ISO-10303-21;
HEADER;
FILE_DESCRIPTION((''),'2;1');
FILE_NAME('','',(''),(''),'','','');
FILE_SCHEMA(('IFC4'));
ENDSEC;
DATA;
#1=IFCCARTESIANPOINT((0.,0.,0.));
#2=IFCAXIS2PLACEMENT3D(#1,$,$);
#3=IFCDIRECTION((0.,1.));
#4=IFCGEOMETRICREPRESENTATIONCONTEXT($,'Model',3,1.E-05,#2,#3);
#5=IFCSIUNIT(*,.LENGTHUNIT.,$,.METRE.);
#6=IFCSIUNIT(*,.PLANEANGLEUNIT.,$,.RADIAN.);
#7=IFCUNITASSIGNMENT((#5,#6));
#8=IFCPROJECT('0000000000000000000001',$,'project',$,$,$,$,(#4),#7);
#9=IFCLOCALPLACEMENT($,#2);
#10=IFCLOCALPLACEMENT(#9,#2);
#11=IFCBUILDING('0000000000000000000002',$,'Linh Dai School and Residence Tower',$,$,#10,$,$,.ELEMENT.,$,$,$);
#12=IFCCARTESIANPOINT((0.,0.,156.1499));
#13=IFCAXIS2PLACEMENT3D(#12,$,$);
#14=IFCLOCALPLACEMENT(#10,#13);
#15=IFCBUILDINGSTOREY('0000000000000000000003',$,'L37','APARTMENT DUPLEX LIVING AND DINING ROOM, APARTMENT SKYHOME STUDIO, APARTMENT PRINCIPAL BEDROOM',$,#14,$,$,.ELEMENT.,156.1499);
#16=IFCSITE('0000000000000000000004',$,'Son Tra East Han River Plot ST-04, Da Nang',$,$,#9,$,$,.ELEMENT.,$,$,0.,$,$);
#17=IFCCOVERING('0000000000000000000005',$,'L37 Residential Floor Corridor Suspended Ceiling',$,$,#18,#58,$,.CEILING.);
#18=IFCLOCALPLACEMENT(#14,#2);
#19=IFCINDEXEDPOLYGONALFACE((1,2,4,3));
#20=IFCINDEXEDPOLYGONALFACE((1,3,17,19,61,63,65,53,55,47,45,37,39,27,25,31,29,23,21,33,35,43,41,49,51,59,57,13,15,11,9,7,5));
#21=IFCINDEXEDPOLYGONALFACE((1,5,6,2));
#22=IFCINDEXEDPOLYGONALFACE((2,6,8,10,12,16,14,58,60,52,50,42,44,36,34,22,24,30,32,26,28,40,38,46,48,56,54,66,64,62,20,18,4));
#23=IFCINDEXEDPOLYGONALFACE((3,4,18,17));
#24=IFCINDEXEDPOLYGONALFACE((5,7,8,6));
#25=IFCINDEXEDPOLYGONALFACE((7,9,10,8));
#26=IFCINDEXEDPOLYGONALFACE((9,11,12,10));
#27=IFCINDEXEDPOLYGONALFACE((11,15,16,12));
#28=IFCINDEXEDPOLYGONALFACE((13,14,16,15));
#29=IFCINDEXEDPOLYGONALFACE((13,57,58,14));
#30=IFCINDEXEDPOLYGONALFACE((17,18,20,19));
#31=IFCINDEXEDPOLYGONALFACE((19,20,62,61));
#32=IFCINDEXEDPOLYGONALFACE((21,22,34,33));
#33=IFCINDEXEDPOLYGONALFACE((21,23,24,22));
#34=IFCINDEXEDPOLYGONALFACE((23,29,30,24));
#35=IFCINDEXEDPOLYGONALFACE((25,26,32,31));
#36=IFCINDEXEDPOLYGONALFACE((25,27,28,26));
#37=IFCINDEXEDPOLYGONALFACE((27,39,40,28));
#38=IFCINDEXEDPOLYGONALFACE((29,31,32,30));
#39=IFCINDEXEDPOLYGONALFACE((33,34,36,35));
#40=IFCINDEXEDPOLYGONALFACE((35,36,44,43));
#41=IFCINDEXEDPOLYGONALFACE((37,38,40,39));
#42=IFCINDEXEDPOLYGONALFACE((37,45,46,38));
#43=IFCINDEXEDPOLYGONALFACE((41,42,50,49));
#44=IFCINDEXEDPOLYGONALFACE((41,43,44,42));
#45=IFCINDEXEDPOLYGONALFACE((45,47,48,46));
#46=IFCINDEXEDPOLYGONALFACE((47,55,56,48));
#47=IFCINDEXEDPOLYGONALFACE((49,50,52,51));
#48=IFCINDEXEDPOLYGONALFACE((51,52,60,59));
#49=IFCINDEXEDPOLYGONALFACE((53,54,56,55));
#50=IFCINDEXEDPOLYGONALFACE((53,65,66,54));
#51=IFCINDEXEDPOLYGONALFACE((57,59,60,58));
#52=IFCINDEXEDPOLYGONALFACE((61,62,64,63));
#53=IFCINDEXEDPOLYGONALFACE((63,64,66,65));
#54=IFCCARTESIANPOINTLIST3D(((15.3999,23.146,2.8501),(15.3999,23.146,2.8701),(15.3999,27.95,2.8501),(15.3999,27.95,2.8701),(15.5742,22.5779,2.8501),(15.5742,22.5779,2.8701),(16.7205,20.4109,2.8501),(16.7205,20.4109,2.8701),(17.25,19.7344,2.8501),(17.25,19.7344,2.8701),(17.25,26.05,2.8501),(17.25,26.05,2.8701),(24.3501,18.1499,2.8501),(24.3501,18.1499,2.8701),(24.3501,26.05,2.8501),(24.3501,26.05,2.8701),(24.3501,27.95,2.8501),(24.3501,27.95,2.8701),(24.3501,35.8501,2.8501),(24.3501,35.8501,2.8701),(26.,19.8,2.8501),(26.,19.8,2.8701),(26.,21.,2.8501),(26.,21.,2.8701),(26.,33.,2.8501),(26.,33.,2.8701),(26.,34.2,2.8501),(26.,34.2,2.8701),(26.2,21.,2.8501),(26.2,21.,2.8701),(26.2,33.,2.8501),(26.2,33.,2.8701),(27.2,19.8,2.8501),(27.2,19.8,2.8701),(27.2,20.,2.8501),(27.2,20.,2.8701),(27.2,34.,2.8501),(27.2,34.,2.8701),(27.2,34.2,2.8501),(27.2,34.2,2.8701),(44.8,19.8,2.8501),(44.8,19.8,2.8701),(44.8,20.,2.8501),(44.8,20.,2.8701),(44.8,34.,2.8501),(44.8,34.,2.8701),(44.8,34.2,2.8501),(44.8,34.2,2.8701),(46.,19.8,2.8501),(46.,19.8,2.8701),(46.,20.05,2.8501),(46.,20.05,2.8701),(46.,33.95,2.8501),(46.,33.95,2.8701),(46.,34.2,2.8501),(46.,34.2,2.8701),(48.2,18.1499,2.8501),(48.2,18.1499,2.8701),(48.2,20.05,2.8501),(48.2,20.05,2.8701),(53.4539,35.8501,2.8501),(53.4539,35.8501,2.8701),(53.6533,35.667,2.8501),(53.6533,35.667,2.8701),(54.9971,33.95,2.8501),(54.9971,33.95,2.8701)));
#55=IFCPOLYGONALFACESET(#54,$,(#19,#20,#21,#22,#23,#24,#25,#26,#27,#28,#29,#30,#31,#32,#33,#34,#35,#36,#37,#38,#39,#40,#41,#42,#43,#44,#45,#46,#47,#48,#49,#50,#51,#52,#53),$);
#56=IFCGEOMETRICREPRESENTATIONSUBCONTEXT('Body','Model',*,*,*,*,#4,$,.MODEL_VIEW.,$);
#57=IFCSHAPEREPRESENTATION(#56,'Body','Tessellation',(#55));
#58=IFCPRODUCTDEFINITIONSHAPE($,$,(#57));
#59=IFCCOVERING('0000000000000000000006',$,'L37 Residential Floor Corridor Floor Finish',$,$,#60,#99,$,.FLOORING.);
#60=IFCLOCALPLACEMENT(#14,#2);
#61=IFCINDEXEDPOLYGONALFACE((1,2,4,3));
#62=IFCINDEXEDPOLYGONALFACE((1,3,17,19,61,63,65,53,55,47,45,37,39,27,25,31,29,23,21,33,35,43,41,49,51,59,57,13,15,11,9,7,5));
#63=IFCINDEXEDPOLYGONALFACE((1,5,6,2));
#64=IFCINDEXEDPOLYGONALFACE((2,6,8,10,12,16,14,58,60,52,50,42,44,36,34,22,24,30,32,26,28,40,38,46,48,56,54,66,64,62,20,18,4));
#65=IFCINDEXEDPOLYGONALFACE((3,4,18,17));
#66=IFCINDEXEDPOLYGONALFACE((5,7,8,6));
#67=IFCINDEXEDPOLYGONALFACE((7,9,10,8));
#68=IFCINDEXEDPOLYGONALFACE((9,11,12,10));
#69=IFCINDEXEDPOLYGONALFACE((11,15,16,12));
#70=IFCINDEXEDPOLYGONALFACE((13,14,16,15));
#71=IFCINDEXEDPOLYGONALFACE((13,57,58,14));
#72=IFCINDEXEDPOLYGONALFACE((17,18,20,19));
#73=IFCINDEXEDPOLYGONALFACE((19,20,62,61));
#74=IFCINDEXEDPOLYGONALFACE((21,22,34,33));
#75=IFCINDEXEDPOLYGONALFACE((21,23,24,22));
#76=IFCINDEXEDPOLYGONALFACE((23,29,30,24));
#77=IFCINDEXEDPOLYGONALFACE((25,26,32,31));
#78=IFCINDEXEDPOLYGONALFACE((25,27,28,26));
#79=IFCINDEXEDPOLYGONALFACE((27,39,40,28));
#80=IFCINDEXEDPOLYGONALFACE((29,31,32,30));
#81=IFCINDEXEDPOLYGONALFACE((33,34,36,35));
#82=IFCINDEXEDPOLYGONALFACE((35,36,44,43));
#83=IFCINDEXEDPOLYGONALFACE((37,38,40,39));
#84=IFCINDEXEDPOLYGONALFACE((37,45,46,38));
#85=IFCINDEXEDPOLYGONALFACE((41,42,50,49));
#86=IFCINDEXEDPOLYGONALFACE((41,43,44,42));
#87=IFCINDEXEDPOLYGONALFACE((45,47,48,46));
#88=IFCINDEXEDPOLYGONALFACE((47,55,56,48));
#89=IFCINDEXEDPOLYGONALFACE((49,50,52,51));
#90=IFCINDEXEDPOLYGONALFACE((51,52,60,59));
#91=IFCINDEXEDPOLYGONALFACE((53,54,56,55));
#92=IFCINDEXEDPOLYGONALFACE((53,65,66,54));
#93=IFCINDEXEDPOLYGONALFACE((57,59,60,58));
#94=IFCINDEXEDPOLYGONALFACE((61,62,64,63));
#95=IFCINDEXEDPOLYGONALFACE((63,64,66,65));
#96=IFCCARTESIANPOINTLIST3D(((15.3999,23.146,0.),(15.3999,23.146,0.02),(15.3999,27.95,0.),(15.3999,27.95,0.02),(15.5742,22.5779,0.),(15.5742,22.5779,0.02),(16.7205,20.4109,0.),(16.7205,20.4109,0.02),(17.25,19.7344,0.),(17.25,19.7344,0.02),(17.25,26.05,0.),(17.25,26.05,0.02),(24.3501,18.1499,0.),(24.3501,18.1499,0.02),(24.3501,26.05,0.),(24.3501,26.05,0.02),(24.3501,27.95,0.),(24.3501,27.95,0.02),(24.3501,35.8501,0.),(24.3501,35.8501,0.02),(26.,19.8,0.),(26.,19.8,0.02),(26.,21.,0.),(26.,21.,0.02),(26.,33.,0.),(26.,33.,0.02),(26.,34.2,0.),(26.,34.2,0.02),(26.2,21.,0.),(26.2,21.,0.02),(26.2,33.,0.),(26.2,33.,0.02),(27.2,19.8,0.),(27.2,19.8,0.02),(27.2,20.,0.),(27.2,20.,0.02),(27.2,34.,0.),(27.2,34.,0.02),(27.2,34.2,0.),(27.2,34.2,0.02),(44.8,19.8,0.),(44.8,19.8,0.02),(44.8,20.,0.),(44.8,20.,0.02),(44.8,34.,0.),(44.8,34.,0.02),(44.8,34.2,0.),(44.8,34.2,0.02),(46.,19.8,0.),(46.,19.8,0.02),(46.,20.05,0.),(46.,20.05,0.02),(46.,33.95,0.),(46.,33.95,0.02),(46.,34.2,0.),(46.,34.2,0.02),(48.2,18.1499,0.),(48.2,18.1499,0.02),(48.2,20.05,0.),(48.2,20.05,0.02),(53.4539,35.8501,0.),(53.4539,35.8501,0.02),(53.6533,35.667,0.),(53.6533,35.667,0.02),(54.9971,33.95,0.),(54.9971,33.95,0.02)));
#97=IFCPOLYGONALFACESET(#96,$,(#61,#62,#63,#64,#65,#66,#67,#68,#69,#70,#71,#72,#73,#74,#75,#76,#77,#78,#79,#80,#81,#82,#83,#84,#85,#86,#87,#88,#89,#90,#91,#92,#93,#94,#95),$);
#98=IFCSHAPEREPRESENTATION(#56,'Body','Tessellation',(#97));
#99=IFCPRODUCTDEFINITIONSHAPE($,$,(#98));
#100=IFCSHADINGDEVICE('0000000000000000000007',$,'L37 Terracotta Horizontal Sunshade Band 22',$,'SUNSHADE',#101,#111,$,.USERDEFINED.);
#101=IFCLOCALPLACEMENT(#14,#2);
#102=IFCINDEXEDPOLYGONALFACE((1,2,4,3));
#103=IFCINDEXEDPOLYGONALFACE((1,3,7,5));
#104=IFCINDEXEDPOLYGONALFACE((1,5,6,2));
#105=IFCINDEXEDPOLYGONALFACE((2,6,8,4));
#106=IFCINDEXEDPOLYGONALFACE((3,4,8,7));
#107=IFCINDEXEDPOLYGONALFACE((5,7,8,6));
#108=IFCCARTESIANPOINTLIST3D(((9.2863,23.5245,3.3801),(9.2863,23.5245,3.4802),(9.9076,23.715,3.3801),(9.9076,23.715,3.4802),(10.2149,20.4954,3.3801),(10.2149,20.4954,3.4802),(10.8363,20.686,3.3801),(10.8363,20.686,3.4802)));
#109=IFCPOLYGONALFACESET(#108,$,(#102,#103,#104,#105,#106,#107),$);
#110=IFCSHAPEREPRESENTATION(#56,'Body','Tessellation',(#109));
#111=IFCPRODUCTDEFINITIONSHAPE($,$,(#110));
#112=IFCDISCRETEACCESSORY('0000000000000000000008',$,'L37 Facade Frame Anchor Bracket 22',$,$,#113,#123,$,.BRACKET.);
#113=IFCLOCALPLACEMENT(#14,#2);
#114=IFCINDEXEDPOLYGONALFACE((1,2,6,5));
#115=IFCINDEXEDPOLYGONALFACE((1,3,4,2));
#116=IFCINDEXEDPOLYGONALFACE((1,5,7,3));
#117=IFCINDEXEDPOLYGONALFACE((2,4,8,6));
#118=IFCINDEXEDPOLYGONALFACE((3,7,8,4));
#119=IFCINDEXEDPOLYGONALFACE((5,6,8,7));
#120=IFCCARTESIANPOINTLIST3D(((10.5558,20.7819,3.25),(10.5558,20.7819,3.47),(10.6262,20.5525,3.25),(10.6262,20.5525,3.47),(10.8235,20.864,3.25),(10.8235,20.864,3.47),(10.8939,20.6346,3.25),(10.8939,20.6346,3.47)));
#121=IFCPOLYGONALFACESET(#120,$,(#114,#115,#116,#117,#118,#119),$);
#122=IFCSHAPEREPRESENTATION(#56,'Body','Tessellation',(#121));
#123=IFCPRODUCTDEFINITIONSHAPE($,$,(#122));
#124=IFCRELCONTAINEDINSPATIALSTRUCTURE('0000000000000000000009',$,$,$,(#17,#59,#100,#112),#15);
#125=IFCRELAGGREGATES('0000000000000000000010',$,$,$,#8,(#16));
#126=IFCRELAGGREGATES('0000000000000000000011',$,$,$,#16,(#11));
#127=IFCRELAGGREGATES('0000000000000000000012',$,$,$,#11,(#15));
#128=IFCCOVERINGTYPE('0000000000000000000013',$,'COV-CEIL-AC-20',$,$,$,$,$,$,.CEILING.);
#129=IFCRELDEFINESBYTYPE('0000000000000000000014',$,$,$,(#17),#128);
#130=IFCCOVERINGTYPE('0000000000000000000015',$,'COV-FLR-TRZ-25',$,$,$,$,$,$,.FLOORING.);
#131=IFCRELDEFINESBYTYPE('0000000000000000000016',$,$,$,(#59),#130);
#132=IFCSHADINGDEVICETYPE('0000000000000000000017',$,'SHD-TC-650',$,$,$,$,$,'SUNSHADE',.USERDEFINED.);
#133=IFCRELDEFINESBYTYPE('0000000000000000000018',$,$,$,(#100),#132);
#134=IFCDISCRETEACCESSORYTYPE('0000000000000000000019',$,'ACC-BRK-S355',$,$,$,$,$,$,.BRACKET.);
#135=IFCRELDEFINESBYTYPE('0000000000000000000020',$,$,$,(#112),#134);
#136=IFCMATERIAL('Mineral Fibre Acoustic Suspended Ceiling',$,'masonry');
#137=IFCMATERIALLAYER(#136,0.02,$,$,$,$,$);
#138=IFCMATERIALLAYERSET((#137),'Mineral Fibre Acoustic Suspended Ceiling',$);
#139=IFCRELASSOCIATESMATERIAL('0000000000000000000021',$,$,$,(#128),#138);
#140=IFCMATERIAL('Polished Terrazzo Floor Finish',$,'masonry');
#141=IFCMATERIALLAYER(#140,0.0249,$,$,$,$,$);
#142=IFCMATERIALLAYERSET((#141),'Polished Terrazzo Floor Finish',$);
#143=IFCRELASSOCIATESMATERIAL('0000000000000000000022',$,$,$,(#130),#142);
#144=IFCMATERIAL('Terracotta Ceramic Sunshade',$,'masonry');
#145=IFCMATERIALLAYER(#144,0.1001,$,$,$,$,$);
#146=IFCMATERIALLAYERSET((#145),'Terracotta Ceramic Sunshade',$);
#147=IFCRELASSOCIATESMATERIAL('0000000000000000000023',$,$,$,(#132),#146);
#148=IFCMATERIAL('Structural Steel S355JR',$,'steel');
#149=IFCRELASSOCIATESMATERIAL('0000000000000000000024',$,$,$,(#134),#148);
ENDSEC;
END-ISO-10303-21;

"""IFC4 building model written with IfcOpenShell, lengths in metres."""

from ifc_helpers import new_model, si_unit, direction, frame, origin, origin_2d, place, context, subcontext, project, spatial, polyline, rectangle, outline, extrude, source, transform, mapped, material, layer, layer_set, type_object, element, save


model = new_model("IFC4")

# Units and contexts
model_context = context("Model", 3, precision=1e-05, world=origin(), true_north=direction((0.0, 1.0)))
body_context = subcontext(model_context, "Body", "Model", "MODEL_VIEW")
ifc_project = project(units=[si_unit("LENGTHUNIT", "METRE"), si_unit("PLANEANGLEUNIT", "RADIAN")], contexts=[model_context])

# Site, building, storey
site_placement = place(None, origin())
site = spatial("IfcSite", under=ifc_project, at=site_placement, Name="Son Tra East Han River Plot ST-04, Da Nang", CompositionType="ELEMENT", RefElevation=0.0)
building_placement = place(site_placement, origin())
building = spatial("IfcBuilding", under=site, at=building_placement, Name="Linh Dai School and Residence Tower", CompositionType="ELEMENT")
storey_placement = place(building_placement, frame((0.0, 0.0, 156.1499)))
storey = spatial("IfcBuildingStorey", under=building, at=storey_placement, Name="L37", Description="APARTMENT DUPLEX LIVING AND DINING ROOM, APARTMENT SKYHOME STUDIO, APARTMENT PRINCIPAL BEDROOM", CompositionType="ELEMENT", Elevation=156.1499)

# Shared definitions
ifc_material_1 = material(Name="Structural Steel S355JR", Category="steel")

# Coverings
ifc_material_2 = material(Name="Mineral Fibre Acoustic Suspended Ceiling", Category="masonry")
ifc_layer_1 = layer(ifc_material_2, 0.02)
ifc_layer_set_1 = layer_set([ifc_layer_1], Name="Mineral Fibre Acoustic Suspended Ceiling")
covering_type_1 = type_object("IfcCoveringType", Name="COV-CEIL-AC-20", PredefinedType="CEILING", material=ifc_layer_set_1)
covering_1_placement = place(storey_placement, frame((0.0, 0.0, 2.8501)))
element("IfcCovering", 1, at=covering_1_placement, inside=storey, type_object=covering_type_1, Name="L37 Residential Floor Corridor Suspended Ceiling", PredefinedType="CEILING", context=body_context, shape_type="SweptSolid", body=[
    extrude(outline(polyline([(17.25, 19.7344), (16.7205, 20.4109), (15.5742, 22.5779), (15.3999, 23.146), (15.3999, 27.95), (24.3501, 27.95), (24.3501, 35.8501), (53.4539, 35.8501), (53.6533, 35.667), (54.9971, 33.95), (46.0, 33.95), (46.0, 34.2), (44.8, 34.2), (44.8, 34.0), (27.2, 34.0), (27.2, 34.2), (26.0, 34.2), (26.0, 33.0), (26.2, 33.0), (26.2, 21.0), (26.0, 21.0), (26.0, 19.8), (27.2, 19.8), (27.2, 20.0), (44.8, 20.0), (44.8, 19.8), (46.0, 19.8), (46.0, 20.05), (48.2, 20.05), (48.2, 18.1499), (24.3501, 18.1499), (24.3501, 26.05), (17.25, 26.05), (17.25, 19.7344)])), origin(), (0.0, 0.0, 1.0), 0.02),
])
ifc_material_3 = material(Name="Polished Terrazzo Floor Finish", Category="masonry")
ifc_layer_2 = layer(ifc_material_3, 0.0249)
ifc_layer_set_2 = layer_set([ifc_layer_2], Name="Polished Terrazzo Floor Finish")
covering_type_2 = type_object("IfcCoveringType", Name="COV-FLR-TRZ-25", PredefinedType="FLOORING", material=ifc_layer_set_2)
covering_2_placement = place(storey_placement, origin())
element("IfcCovering", 2, at=covering_2_placement, inside=storey, type_object=covering_type_2, Name="L37 Residential Floor Corridor Floor Finish", PredefinedType="FLOORING", context=body_context, shape_type="SweptSolid", body=[
    extrude(outline(polyline([(17.25, 19.7344), (16.7205, 20.4109), (15.5742, 22.5779), (15.3999, 23.146), (15.3999, 27.95), (24.3501, 27.95), (24.3501, 35.8501), (53.4539, 35.8501), (53.6533, 35.667), (54.9971, 33.95), (46.0, 33.95), (46.0, 34.2), (44.8, 34.2), (44.8, 34.0), (27.2, 34.0), (27.2, 34.2), (26.0, 34.2), (26.0, 33.0), (26.2, 33.0), (26.2, 21.0), (26.0, 21.0), (26.0, 19.8), (27.2, 19.8), (27.2, 20.0), (44.8, 20.0), (44.8, 19.8), (46.0, 19.8), (46.0, 20.05), (48.2, 20.05), (48.2, 18.1499), (24.3501, 18.1499), (24.3501, 26.05), (17.25, 26.05), (17.25, 19.7344)])), origin(), (0.0, 0.0, 1.0), 0.02),
])

# Shading device
ifc_material_4 = material(Name="Terracotta Ceramic Sunshade", Category="masonry")
ifc_layer_3 = layer(ifc_material_4, 0.1001)
ifc_layer_set_3 = layer_set([ifc_layer_3], Name="Terracotta Ceramic Sunshade")
shading_device_type = type_object("IfcShadingDeviceType", Name="SHD-TC-650", ElementType="SUNSHADE", PredefinedType="USERDEFINED", material=ifc_layer_set_3)
shared_shape_1 = source(origin(), body_context, "Body", "SweptSolid", [
    extrude(rectangle(XDim=3.1682, YDim=0.6499, at=origin_2d()), origin(), (0.0, 0.0, 1.0), 0.1001),
])
shading_device_placement = place(storey_placement, frame((10.0613, 22.1052, 3.3801), z_axis=(0.0, 0.0, 1.0), x_axis=(-0.293122, 0.956075, 0.0)))
element("IfcShadingDevice", 3, at=shading_device_placement, inside=storey, type_object=shading_device_type, Name="L37 Terracotta Horizontal Sunshade Band 22", ObjectType="SUNSHADE", PredefinedType="USERDEFINED", context=body_context, shape_type="MappedRepresentation", body=[
    mapped(shared_shape_1, transform((0.0, 0.0, 0.0), x_axis=(1.0, 0.0, 0.0), y_axis=(0.0, 1.0, 0.0), z_axis=(0.0, 0.0, 1.0), scale=1.0)),
])

# Discrete accessory
discrete_accessory_type = type_object("IfcDiscreteAccessoryType", Name="ACC-BRK-S355", PredefinedType="BRACKET", material=ifc_material_1)
shared_shape_2 = source(origin(), body_context, "Body", "SweptSolid", [
    extrude(rectangle(XDim=0.28, YDim=0.24, at=origin_2d()), origin(), (0.0, 0.0, 1.0), 0.22),
])
discrete_accessory_placement = place(storey_placement, frame((10.7249, 20.7083, 3.25), z_axis=(0.0, 0.0, 1.0), x_axis=(-0.956075, -0.293122, 0.0)))
element("IfcDiscreteAccessory", 4, at=discrete_accessory_placement, inside=storey, type_object=discrete_accessory_type, Name="L37 Facade Frame Anchor Bracket 22", PredefinedType="BRACKET", context=body_context, shape_type="MappedRepresentation", body=[
    mapped(shared_shape_2, transform((0.0, 0.0, 0.0), x_axis=(1.0, 0.0, 0.0), y_axis=(0.0, 1.0, 0.0), z_axis=(0.0, 0.0, 1.0), scale=1.0)),
])

save(model, "model.ifc")
